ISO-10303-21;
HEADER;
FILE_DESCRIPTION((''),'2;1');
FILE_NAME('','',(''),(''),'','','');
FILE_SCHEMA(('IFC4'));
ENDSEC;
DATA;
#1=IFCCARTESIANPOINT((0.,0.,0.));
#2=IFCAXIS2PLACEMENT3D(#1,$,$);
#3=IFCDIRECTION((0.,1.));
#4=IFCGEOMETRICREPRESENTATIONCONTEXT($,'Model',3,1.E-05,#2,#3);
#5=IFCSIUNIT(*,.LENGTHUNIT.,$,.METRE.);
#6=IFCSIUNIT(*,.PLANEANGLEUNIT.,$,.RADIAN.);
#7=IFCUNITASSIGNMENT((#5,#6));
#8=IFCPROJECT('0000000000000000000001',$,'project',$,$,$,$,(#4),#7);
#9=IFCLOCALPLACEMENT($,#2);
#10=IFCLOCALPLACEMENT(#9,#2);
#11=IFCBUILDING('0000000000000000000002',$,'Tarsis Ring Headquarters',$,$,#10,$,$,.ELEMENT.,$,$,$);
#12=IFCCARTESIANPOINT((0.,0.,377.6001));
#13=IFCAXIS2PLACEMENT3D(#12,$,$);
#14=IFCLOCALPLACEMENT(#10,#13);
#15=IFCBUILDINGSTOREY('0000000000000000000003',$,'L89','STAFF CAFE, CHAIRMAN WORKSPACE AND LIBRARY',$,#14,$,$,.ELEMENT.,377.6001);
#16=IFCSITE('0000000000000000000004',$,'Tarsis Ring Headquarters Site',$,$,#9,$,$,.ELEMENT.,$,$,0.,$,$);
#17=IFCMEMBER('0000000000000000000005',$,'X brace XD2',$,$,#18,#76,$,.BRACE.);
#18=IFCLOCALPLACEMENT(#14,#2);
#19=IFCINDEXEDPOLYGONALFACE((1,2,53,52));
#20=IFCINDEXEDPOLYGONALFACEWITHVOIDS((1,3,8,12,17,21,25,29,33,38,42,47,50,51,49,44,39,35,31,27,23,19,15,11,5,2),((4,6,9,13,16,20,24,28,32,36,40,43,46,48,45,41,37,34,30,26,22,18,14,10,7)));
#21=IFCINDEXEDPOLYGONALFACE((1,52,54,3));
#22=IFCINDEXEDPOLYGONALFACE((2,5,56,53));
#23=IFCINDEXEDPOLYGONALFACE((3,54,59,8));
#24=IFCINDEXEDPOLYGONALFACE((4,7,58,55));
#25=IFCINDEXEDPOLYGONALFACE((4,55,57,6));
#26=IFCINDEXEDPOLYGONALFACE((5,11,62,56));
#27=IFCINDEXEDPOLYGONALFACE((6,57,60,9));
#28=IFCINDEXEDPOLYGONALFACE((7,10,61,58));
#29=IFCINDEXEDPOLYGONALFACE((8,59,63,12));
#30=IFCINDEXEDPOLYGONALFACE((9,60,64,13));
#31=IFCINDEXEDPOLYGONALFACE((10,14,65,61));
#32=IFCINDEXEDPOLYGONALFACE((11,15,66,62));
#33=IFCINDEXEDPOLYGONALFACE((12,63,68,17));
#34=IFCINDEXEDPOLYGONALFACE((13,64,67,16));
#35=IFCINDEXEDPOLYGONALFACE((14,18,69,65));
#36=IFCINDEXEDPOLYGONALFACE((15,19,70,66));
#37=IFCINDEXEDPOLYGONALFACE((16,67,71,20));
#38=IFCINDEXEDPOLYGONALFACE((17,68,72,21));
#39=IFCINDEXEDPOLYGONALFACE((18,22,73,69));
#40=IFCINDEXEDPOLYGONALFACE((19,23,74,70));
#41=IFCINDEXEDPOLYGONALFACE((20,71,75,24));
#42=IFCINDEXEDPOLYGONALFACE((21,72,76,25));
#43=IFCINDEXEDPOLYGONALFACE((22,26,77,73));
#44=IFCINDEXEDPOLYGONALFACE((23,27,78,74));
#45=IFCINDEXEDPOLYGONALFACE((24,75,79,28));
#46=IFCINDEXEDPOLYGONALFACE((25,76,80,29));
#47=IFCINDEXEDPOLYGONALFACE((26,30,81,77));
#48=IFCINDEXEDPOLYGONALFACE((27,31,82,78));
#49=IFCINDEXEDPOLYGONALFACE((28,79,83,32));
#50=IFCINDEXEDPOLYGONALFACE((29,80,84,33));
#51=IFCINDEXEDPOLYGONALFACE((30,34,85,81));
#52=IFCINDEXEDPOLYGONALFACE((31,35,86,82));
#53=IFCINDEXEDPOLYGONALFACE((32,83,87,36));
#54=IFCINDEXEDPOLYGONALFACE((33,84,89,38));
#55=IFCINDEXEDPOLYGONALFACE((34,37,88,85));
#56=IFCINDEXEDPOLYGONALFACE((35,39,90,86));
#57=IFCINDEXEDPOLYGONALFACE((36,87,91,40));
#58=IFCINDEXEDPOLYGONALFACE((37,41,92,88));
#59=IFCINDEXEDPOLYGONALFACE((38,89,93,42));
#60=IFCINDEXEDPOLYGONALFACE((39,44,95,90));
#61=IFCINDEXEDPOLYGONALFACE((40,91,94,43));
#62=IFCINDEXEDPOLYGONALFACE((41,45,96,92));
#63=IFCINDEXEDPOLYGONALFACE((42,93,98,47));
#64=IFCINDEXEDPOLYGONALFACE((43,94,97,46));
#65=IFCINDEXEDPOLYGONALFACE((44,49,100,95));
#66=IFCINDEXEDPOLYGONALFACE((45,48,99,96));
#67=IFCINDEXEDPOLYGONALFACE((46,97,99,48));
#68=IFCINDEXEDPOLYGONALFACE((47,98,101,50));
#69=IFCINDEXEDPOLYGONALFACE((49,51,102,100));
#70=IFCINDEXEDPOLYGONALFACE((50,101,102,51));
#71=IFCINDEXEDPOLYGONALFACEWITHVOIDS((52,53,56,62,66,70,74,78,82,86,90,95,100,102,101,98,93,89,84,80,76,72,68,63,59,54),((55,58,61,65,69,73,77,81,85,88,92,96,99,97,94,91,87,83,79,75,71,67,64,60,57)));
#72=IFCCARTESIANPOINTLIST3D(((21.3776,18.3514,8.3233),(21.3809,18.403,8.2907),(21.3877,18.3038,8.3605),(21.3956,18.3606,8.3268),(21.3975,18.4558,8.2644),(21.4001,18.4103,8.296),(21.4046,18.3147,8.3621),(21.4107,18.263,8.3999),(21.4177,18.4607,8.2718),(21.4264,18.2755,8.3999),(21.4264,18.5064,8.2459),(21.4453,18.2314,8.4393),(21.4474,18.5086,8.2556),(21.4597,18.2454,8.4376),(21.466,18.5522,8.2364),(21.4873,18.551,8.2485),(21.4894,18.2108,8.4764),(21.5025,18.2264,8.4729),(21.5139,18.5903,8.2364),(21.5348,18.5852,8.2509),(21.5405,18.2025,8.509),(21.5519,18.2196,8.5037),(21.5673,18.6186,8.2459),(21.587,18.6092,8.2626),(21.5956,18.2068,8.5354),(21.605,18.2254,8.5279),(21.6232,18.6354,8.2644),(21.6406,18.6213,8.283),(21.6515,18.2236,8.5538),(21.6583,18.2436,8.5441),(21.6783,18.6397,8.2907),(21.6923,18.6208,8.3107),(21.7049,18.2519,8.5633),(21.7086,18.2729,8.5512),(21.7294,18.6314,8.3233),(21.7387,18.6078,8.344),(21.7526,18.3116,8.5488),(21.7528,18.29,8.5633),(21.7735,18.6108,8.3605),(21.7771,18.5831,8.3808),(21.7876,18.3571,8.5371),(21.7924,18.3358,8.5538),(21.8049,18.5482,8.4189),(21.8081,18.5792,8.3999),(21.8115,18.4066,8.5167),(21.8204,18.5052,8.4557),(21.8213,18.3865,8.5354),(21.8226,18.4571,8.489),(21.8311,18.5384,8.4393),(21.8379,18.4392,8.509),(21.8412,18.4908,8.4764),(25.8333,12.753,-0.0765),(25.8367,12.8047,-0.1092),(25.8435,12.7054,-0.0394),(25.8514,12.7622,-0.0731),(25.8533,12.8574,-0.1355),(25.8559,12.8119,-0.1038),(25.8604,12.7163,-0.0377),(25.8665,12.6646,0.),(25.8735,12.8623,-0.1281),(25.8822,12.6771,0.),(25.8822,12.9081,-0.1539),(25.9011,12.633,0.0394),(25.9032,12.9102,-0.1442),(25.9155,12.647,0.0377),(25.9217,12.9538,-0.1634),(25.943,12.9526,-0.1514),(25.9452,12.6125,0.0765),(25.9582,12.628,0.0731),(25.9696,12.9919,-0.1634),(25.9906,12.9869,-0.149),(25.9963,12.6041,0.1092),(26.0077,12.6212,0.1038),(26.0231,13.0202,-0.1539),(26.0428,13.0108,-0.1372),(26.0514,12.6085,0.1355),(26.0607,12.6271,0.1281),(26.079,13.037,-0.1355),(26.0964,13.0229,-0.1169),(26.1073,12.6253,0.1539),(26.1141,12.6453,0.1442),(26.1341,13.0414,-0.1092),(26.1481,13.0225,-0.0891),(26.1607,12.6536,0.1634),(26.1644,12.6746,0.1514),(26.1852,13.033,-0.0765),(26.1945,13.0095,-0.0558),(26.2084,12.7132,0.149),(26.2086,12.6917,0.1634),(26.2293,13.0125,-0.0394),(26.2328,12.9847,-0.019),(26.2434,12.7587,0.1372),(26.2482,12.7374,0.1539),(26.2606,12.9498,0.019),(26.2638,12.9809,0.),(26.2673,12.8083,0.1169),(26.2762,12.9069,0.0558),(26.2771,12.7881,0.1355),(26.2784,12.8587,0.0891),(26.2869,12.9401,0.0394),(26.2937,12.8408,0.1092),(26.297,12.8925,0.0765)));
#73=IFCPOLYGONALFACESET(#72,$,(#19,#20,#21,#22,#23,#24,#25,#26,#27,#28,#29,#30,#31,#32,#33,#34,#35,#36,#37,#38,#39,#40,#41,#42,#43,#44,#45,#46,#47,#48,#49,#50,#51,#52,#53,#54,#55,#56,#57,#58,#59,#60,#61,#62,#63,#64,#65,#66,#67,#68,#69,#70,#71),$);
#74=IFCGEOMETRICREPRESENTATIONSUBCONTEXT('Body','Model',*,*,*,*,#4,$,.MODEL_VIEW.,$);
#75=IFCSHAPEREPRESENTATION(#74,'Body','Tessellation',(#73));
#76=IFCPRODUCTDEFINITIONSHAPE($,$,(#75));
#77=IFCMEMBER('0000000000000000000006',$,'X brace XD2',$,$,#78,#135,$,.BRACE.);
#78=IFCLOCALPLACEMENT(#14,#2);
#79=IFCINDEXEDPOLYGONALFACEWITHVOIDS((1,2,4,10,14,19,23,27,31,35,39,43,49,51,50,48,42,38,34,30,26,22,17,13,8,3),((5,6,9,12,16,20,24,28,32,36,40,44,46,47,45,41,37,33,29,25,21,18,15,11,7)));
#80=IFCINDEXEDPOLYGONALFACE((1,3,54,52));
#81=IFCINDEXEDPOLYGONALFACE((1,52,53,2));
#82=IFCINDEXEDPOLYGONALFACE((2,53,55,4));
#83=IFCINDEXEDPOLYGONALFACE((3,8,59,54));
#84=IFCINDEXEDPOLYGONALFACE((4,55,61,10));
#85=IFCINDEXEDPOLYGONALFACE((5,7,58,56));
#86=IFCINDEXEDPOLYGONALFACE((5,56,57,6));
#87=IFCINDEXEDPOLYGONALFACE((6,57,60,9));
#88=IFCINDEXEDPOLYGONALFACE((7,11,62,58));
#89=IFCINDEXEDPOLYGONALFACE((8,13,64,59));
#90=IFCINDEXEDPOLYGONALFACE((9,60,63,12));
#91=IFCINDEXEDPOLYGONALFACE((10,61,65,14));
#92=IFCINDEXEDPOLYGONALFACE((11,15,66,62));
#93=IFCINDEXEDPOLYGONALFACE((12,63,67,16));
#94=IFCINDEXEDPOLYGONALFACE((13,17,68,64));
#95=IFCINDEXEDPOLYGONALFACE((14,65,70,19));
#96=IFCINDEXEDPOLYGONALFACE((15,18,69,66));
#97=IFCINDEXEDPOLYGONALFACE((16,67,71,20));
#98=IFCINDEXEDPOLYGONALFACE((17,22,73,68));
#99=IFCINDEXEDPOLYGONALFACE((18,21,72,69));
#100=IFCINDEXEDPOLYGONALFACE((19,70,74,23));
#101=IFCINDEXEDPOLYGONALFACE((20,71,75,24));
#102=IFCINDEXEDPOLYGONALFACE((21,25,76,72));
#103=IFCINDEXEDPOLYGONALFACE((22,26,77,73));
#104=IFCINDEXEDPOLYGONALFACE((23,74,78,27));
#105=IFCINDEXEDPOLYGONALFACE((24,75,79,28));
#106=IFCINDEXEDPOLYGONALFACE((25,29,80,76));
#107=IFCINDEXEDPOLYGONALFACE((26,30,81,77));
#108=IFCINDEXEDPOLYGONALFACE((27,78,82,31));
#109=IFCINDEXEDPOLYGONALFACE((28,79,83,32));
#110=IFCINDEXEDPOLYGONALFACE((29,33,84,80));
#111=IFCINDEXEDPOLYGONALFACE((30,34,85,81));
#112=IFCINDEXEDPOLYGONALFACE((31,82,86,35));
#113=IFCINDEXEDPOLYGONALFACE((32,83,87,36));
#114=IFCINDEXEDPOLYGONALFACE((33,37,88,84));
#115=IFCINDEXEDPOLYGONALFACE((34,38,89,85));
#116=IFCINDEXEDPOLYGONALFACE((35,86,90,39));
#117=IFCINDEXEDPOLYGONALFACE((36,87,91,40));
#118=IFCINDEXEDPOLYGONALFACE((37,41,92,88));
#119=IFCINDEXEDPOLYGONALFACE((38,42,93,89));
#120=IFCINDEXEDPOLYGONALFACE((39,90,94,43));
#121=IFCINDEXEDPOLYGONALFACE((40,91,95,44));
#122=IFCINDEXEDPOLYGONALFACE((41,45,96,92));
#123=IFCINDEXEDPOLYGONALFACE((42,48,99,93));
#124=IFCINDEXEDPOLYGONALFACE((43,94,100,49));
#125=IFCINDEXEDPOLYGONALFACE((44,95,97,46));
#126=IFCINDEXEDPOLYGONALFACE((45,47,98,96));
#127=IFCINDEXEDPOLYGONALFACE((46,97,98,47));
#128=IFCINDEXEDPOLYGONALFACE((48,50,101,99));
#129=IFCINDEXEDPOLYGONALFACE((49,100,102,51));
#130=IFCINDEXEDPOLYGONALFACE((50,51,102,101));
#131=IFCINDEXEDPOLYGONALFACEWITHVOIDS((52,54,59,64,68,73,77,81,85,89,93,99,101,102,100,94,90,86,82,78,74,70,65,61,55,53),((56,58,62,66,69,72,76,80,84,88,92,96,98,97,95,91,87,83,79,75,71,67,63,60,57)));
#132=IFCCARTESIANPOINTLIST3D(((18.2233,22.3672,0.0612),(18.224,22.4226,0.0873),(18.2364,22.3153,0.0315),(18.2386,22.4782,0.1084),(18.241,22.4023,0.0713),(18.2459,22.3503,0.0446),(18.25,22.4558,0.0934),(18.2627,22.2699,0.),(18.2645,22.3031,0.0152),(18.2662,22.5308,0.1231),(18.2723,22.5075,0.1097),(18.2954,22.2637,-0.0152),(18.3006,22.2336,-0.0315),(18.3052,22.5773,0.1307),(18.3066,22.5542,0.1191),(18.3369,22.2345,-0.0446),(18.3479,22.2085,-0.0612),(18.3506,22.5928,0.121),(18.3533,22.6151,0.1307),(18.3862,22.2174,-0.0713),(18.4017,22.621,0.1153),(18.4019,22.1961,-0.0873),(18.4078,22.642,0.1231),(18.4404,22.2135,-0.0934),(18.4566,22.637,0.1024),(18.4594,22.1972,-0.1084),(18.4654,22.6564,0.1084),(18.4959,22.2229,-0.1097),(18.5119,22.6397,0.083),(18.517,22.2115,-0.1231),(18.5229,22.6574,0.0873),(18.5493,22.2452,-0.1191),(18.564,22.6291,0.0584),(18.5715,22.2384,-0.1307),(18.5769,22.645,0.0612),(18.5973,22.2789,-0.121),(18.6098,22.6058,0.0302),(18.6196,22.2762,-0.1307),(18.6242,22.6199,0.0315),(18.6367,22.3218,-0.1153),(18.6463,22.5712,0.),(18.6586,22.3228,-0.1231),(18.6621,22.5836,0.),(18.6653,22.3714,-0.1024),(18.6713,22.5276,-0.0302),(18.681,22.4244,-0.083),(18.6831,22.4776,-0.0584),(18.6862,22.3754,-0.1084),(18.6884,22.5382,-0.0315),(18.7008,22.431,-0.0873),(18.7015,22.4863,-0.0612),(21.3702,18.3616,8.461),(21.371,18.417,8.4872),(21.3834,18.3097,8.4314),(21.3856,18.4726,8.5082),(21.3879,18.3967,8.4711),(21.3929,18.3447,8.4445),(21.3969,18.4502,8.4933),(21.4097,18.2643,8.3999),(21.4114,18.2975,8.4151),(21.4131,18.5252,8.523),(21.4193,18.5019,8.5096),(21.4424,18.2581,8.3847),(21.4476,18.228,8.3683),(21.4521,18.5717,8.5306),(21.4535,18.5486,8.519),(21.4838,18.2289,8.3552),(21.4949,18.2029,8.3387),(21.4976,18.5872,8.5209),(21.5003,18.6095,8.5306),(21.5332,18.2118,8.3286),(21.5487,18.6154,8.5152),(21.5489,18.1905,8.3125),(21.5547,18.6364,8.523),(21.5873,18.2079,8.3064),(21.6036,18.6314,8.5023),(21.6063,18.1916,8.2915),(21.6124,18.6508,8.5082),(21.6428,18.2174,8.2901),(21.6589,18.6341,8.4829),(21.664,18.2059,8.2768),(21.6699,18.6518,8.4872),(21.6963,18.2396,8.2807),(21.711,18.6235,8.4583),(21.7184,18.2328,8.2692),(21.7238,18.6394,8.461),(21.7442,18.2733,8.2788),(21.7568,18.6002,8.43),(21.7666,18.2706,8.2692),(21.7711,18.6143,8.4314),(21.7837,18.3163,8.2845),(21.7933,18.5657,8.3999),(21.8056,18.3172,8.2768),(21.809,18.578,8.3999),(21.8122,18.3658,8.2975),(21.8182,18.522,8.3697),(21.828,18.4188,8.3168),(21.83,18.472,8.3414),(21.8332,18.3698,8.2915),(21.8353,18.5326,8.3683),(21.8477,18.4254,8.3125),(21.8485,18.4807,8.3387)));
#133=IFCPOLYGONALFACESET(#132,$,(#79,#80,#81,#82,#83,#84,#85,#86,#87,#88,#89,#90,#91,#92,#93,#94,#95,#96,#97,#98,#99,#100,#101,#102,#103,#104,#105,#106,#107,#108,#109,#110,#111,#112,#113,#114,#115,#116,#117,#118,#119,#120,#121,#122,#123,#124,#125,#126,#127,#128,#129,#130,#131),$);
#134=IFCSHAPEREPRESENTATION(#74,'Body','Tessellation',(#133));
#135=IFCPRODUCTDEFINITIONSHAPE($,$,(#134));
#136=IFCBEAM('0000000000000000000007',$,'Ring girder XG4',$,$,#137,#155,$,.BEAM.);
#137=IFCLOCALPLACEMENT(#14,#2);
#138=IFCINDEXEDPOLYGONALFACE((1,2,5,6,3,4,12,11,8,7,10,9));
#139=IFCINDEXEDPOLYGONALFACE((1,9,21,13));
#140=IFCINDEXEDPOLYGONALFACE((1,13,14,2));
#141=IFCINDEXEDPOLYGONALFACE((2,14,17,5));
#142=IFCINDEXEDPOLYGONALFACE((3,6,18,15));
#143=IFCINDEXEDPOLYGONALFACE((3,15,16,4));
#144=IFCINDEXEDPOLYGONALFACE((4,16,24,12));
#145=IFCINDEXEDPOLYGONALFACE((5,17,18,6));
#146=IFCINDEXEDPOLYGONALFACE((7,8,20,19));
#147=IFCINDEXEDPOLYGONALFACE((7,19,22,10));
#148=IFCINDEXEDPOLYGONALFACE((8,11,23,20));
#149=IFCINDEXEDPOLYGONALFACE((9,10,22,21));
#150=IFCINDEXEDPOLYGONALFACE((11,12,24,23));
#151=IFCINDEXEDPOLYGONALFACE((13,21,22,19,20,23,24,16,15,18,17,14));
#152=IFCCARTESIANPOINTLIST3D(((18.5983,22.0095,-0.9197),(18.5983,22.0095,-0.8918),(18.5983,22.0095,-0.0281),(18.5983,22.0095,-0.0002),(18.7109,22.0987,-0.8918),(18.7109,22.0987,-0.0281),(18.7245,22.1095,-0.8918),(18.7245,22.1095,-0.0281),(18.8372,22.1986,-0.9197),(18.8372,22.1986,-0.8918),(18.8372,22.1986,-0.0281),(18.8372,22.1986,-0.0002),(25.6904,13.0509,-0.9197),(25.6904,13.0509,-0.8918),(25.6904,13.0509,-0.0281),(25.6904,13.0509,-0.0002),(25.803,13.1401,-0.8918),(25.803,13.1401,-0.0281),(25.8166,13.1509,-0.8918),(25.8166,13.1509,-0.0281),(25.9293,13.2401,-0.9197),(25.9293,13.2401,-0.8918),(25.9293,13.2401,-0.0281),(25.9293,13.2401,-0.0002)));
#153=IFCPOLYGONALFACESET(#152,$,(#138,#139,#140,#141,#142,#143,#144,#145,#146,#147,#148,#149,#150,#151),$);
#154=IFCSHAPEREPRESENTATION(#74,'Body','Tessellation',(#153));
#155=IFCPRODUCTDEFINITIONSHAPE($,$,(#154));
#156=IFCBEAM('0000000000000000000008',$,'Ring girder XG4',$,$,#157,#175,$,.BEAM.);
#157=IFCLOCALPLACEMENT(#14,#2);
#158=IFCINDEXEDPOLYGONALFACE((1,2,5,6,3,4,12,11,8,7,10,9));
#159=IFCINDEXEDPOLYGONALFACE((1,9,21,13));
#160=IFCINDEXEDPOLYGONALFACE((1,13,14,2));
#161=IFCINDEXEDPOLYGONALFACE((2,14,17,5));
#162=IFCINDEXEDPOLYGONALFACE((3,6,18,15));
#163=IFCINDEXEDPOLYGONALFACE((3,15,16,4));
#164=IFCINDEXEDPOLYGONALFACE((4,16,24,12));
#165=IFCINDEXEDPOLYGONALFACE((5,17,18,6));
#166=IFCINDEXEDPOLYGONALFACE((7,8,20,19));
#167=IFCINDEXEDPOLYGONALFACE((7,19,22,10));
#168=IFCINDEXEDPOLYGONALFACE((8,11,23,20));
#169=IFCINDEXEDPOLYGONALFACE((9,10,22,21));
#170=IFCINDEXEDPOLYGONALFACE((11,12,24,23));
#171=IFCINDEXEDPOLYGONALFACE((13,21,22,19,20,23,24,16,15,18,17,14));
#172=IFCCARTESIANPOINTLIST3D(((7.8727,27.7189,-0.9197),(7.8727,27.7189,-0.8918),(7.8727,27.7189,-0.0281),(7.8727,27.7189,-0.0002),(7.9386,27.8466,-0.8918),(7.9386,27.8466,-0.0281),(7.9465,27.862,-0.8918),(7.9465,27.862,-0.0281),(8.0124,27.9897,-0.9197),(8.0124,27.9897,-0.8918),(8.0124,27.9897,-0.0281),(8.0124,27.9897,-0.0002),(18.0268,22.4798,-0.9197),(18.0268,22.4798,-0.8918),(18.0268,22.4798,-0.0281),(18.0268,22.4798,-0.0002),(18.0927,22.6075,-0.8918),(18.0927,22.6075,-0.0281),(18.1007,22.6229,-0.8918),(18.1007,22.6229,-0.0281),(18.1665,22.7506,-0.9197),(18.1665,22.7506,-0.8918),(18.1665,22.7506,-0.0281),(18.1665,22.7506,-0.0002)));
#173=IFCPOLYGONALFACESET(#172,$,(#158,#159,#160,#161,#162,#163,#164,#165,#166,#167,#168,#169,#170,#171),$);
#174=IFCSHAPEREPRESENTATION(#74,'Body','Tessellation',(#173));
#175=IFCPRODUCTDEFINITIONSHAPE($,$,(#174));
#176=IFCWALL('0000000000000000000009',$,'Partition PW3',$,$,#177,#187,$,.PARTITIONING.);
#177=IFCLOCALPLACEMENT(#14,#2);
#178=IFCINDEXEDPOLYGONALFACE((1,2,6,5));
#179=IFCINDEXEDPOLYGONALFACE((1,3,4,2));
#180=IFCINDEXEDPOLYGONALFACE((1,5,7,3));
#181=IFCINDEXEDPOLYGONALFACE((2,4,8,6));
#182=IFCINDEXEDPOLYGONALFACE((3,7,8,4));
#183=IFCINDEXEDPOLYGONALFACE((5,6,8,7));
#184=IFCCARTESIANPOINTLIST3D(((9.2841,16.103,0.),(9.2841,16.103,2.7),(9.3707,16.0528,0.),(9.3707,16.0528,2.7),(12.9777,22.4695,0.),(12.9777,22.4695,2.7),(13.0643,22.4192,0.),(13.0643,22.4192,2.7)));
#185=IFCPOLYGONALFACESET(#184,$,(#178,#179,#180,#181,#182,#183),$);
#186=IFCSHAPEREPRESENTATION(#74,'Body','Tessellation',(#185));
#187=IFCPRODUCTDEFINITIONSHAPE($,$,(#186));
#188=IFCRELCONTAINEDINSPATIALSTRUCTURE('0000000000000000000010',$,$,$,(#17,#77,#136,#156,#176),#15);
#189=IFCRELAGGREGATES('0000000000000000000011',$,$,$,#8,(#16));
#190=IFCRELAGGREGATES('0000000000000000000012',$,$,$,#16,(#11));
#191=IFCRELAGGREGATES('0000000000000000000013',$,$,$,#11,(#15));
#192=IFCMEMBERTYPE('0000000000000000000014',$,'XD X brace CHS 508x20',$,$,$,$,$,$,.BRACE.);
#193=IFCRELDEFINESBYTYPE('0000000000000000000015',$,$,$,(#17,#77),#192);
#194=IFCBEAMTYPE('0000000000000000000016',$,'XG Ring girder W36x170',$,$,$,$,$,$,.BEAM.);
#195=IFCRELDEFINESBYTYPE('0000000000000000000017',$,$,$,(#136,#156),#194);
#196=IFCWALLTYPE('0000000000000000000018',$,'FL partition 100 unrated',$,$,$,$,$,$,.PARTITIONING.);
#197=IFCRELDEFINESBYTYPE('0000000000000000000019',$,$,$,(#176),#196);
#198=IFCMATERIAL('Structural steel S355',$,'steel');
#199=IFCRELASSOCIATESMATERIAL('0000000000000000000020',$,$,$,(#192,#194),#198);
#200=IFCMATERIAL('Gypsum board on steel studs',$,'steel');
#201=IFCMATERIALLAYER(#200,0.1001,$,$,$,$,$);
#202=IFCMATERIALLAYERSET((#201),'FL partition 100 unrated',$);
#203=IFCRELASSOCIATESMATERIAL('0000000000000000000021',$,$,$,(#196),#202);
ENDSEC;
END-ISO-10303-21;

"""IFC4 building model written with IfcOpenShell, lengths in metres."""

from ifc_helpers import new_model, si_unit, direction, frame, frame_2d, origin, origin_2d, place, context, subcontext, project, spatial, rectangle, hollow_circle, i_section, extrude, material, layer, layer_set, material_profile, profile_set, type_object, element, save


model = new_model("IFC4")

# Units and contexts
model_context = context("Model", 3, precision=1e-05, world=origin(), true_north=direction((0.0, 1.0)))
body_context = subcontext(model_context, "Body", "Model", "MODEL_VIEW")
ifc_project = project(units=[si_unit("LENGTHUNIT", "METRE"), si_unit("PLANEANGLEUNIT", "RADIAN")], contexts=[model_context])

# Site, building, storey
site_placement = place(None, origin())
site = spatial("IfcSite", under=ifc_project, at=site_placement, Name="Tarsis Ring Headquarters Site", CompositionType="ELEMENT", RefElevation=0.0)
building_placement = place(site_placement, origin())
building = spatial("IfcBuilding", under=site, at=building_placement, Name="Tarsis Ring Headquarters", CompositionType="ELEMENT")
storey_placement = place(building_placement, frame((0.0, 0.0, 377.6001)))
storey = spatial("IfcBuildingStorey", under=building, at=storey_placement, Name="L89", Description="STAFF CAFE, CHAIRMAN WORKSPACE AND LIBRARY", CompositionType="ELEMENT", Elevation=377.6001)

# Shared definitions
ifc_material_1 = material(Name="Structural steel S355", Category="steel")

# Members
ifc_material_profile_1 = material_profile(ifc_material_1, hollow_circle(Radius=0.2539, WallThickness=0.02, at=origin_2d()), Name="CHS 508x20")
ifc_profile_set_1 = profile_set([ifc_material_profile_1], Name="Structural steel S355")
member_type = type_object("IfcMemberType", Name="XD X brace CHS 508x20", PredefinedType="BRACE", material=ifc_profile_set_1)
member_1_placement = place(storey_placement, frame((26.0652, 12.8228, 0.0), z_axis=(-0.403817, 0.507365, 0.761258), x_axis=(-0.782428, -0.622742, 0.0)))
element("IfcMember", 1, at=member_1_placement, inside=storey, type_object=member_type, Name="X brace XD2", PredefinedType="BRACE", context=body_context, shape_type="SweptSolid", body=[
    extrude(hollow_circle(Radius=0.2539, WallThickness=0.02, at=origin_2d()), origin(), (0.0, 0.0, 1.0), 11.0342),
])
member_2_placement = place(storey_placement, frame((18.4624, 22.4268, 0.0), z_axis=(0.320342, -0.407747, 0.855058), x_axis=(0.786347, 0.617786, 0.0)))
element("IfcMember", 2, at=member_2_placement, inside=storey, type_object=member_type, Name="X brace XD2", PredefinedType="BRACE", context=body_context, shape_type="SweptSolid", body=[
    extrude(hollow_circle(Radius=0.2539, WallThickness=0.02, at=origin_2d()), origin(), (0.0, 0.0, 1.0), 9.8237),
])

# Beams
ifc_material_profile_2 = material_profile(ifc_material_1, i_section(OverallWidth=0.3047, OverallDepth=0.9194, WebThickness=0.0173, FlangeThickness=0.0278, at=origin_2d()), Name="W36x170")
ifc_profile_set_2 = profile_set([ifc_material_profile_2], Name="Structural steel S355")
beam_type_1 = type_object("IfcBeamType", Name="XG Ring girder W36x170", PredefinedType="BEAM", material=ifc_profile_set_2)
for number, where, z_axis, x_axis, name in (
    (3, (25.8098, 13.1455, -0.46), (-0.620697, 0.78405, 0.0), (-0.78405, -0.620697, 0.0), "Ring girder XG4"),
    (4, (18.0967, 22.6152, -0.46), (-0.888684, 0.458519, 0.0), (-0.458519, -0.888684, 0.0), "Ring girder XG4"),
):
    element("IfcBeam", number, at=place(storey_placement, frame(where, z_axis=z_axis, x_axis=x_axis)), inside=storey, type_object=beam_type_1, Name=name, PredefinedType="BEAM", context=body_context, shape_type="SweptSolid", body=[
        extrude(i_section(OverallWidth=0.3047, OverallDepth=0.9194, WebThickness=0.0173, FlangeThickness=0.0278, at=origin_2d()), origin(), (0.0, 0.0, 1.0), 11.426),
    ])

# Wall
ifc_material_2 = material(Name="Gypsum board on steel studs", Category="steel")
ifc_layer_1 = layer(ifc_material_2, 0.1001)
ifc_layer_set_1 = layer_set([ifc_layer_1], Name="FL partition 100 unrated")
wall_type_1 = type_object("IfcWallType", Name="FL partition 100 unrated", PredefinedType="PARTITIONING", material=ifc_layer_set_1)
wall_1_placement = place(storey_placement, frame((9.3274, 16.0779, 0.0), z_axis=(0.0, 0.0, 1.0), x_axis=(0.501826, 0.864969, 0.0)))
element("IfcWall", 5, at=wall_1_placement, inside=storey, type_object=wall_type_1, Name="Partition PW3", PredefinedType="PARTITIONING", context=body_context, shape_type="SweptSolid", body=[
    extrude(rectangle(XDim=7.3604, YDim=0.1001, at=frame_2d((3.6802, 0.0))), origin(), (0.0, 0.0, 1.0), 2.7),
])

save(model, "model.ifc")
